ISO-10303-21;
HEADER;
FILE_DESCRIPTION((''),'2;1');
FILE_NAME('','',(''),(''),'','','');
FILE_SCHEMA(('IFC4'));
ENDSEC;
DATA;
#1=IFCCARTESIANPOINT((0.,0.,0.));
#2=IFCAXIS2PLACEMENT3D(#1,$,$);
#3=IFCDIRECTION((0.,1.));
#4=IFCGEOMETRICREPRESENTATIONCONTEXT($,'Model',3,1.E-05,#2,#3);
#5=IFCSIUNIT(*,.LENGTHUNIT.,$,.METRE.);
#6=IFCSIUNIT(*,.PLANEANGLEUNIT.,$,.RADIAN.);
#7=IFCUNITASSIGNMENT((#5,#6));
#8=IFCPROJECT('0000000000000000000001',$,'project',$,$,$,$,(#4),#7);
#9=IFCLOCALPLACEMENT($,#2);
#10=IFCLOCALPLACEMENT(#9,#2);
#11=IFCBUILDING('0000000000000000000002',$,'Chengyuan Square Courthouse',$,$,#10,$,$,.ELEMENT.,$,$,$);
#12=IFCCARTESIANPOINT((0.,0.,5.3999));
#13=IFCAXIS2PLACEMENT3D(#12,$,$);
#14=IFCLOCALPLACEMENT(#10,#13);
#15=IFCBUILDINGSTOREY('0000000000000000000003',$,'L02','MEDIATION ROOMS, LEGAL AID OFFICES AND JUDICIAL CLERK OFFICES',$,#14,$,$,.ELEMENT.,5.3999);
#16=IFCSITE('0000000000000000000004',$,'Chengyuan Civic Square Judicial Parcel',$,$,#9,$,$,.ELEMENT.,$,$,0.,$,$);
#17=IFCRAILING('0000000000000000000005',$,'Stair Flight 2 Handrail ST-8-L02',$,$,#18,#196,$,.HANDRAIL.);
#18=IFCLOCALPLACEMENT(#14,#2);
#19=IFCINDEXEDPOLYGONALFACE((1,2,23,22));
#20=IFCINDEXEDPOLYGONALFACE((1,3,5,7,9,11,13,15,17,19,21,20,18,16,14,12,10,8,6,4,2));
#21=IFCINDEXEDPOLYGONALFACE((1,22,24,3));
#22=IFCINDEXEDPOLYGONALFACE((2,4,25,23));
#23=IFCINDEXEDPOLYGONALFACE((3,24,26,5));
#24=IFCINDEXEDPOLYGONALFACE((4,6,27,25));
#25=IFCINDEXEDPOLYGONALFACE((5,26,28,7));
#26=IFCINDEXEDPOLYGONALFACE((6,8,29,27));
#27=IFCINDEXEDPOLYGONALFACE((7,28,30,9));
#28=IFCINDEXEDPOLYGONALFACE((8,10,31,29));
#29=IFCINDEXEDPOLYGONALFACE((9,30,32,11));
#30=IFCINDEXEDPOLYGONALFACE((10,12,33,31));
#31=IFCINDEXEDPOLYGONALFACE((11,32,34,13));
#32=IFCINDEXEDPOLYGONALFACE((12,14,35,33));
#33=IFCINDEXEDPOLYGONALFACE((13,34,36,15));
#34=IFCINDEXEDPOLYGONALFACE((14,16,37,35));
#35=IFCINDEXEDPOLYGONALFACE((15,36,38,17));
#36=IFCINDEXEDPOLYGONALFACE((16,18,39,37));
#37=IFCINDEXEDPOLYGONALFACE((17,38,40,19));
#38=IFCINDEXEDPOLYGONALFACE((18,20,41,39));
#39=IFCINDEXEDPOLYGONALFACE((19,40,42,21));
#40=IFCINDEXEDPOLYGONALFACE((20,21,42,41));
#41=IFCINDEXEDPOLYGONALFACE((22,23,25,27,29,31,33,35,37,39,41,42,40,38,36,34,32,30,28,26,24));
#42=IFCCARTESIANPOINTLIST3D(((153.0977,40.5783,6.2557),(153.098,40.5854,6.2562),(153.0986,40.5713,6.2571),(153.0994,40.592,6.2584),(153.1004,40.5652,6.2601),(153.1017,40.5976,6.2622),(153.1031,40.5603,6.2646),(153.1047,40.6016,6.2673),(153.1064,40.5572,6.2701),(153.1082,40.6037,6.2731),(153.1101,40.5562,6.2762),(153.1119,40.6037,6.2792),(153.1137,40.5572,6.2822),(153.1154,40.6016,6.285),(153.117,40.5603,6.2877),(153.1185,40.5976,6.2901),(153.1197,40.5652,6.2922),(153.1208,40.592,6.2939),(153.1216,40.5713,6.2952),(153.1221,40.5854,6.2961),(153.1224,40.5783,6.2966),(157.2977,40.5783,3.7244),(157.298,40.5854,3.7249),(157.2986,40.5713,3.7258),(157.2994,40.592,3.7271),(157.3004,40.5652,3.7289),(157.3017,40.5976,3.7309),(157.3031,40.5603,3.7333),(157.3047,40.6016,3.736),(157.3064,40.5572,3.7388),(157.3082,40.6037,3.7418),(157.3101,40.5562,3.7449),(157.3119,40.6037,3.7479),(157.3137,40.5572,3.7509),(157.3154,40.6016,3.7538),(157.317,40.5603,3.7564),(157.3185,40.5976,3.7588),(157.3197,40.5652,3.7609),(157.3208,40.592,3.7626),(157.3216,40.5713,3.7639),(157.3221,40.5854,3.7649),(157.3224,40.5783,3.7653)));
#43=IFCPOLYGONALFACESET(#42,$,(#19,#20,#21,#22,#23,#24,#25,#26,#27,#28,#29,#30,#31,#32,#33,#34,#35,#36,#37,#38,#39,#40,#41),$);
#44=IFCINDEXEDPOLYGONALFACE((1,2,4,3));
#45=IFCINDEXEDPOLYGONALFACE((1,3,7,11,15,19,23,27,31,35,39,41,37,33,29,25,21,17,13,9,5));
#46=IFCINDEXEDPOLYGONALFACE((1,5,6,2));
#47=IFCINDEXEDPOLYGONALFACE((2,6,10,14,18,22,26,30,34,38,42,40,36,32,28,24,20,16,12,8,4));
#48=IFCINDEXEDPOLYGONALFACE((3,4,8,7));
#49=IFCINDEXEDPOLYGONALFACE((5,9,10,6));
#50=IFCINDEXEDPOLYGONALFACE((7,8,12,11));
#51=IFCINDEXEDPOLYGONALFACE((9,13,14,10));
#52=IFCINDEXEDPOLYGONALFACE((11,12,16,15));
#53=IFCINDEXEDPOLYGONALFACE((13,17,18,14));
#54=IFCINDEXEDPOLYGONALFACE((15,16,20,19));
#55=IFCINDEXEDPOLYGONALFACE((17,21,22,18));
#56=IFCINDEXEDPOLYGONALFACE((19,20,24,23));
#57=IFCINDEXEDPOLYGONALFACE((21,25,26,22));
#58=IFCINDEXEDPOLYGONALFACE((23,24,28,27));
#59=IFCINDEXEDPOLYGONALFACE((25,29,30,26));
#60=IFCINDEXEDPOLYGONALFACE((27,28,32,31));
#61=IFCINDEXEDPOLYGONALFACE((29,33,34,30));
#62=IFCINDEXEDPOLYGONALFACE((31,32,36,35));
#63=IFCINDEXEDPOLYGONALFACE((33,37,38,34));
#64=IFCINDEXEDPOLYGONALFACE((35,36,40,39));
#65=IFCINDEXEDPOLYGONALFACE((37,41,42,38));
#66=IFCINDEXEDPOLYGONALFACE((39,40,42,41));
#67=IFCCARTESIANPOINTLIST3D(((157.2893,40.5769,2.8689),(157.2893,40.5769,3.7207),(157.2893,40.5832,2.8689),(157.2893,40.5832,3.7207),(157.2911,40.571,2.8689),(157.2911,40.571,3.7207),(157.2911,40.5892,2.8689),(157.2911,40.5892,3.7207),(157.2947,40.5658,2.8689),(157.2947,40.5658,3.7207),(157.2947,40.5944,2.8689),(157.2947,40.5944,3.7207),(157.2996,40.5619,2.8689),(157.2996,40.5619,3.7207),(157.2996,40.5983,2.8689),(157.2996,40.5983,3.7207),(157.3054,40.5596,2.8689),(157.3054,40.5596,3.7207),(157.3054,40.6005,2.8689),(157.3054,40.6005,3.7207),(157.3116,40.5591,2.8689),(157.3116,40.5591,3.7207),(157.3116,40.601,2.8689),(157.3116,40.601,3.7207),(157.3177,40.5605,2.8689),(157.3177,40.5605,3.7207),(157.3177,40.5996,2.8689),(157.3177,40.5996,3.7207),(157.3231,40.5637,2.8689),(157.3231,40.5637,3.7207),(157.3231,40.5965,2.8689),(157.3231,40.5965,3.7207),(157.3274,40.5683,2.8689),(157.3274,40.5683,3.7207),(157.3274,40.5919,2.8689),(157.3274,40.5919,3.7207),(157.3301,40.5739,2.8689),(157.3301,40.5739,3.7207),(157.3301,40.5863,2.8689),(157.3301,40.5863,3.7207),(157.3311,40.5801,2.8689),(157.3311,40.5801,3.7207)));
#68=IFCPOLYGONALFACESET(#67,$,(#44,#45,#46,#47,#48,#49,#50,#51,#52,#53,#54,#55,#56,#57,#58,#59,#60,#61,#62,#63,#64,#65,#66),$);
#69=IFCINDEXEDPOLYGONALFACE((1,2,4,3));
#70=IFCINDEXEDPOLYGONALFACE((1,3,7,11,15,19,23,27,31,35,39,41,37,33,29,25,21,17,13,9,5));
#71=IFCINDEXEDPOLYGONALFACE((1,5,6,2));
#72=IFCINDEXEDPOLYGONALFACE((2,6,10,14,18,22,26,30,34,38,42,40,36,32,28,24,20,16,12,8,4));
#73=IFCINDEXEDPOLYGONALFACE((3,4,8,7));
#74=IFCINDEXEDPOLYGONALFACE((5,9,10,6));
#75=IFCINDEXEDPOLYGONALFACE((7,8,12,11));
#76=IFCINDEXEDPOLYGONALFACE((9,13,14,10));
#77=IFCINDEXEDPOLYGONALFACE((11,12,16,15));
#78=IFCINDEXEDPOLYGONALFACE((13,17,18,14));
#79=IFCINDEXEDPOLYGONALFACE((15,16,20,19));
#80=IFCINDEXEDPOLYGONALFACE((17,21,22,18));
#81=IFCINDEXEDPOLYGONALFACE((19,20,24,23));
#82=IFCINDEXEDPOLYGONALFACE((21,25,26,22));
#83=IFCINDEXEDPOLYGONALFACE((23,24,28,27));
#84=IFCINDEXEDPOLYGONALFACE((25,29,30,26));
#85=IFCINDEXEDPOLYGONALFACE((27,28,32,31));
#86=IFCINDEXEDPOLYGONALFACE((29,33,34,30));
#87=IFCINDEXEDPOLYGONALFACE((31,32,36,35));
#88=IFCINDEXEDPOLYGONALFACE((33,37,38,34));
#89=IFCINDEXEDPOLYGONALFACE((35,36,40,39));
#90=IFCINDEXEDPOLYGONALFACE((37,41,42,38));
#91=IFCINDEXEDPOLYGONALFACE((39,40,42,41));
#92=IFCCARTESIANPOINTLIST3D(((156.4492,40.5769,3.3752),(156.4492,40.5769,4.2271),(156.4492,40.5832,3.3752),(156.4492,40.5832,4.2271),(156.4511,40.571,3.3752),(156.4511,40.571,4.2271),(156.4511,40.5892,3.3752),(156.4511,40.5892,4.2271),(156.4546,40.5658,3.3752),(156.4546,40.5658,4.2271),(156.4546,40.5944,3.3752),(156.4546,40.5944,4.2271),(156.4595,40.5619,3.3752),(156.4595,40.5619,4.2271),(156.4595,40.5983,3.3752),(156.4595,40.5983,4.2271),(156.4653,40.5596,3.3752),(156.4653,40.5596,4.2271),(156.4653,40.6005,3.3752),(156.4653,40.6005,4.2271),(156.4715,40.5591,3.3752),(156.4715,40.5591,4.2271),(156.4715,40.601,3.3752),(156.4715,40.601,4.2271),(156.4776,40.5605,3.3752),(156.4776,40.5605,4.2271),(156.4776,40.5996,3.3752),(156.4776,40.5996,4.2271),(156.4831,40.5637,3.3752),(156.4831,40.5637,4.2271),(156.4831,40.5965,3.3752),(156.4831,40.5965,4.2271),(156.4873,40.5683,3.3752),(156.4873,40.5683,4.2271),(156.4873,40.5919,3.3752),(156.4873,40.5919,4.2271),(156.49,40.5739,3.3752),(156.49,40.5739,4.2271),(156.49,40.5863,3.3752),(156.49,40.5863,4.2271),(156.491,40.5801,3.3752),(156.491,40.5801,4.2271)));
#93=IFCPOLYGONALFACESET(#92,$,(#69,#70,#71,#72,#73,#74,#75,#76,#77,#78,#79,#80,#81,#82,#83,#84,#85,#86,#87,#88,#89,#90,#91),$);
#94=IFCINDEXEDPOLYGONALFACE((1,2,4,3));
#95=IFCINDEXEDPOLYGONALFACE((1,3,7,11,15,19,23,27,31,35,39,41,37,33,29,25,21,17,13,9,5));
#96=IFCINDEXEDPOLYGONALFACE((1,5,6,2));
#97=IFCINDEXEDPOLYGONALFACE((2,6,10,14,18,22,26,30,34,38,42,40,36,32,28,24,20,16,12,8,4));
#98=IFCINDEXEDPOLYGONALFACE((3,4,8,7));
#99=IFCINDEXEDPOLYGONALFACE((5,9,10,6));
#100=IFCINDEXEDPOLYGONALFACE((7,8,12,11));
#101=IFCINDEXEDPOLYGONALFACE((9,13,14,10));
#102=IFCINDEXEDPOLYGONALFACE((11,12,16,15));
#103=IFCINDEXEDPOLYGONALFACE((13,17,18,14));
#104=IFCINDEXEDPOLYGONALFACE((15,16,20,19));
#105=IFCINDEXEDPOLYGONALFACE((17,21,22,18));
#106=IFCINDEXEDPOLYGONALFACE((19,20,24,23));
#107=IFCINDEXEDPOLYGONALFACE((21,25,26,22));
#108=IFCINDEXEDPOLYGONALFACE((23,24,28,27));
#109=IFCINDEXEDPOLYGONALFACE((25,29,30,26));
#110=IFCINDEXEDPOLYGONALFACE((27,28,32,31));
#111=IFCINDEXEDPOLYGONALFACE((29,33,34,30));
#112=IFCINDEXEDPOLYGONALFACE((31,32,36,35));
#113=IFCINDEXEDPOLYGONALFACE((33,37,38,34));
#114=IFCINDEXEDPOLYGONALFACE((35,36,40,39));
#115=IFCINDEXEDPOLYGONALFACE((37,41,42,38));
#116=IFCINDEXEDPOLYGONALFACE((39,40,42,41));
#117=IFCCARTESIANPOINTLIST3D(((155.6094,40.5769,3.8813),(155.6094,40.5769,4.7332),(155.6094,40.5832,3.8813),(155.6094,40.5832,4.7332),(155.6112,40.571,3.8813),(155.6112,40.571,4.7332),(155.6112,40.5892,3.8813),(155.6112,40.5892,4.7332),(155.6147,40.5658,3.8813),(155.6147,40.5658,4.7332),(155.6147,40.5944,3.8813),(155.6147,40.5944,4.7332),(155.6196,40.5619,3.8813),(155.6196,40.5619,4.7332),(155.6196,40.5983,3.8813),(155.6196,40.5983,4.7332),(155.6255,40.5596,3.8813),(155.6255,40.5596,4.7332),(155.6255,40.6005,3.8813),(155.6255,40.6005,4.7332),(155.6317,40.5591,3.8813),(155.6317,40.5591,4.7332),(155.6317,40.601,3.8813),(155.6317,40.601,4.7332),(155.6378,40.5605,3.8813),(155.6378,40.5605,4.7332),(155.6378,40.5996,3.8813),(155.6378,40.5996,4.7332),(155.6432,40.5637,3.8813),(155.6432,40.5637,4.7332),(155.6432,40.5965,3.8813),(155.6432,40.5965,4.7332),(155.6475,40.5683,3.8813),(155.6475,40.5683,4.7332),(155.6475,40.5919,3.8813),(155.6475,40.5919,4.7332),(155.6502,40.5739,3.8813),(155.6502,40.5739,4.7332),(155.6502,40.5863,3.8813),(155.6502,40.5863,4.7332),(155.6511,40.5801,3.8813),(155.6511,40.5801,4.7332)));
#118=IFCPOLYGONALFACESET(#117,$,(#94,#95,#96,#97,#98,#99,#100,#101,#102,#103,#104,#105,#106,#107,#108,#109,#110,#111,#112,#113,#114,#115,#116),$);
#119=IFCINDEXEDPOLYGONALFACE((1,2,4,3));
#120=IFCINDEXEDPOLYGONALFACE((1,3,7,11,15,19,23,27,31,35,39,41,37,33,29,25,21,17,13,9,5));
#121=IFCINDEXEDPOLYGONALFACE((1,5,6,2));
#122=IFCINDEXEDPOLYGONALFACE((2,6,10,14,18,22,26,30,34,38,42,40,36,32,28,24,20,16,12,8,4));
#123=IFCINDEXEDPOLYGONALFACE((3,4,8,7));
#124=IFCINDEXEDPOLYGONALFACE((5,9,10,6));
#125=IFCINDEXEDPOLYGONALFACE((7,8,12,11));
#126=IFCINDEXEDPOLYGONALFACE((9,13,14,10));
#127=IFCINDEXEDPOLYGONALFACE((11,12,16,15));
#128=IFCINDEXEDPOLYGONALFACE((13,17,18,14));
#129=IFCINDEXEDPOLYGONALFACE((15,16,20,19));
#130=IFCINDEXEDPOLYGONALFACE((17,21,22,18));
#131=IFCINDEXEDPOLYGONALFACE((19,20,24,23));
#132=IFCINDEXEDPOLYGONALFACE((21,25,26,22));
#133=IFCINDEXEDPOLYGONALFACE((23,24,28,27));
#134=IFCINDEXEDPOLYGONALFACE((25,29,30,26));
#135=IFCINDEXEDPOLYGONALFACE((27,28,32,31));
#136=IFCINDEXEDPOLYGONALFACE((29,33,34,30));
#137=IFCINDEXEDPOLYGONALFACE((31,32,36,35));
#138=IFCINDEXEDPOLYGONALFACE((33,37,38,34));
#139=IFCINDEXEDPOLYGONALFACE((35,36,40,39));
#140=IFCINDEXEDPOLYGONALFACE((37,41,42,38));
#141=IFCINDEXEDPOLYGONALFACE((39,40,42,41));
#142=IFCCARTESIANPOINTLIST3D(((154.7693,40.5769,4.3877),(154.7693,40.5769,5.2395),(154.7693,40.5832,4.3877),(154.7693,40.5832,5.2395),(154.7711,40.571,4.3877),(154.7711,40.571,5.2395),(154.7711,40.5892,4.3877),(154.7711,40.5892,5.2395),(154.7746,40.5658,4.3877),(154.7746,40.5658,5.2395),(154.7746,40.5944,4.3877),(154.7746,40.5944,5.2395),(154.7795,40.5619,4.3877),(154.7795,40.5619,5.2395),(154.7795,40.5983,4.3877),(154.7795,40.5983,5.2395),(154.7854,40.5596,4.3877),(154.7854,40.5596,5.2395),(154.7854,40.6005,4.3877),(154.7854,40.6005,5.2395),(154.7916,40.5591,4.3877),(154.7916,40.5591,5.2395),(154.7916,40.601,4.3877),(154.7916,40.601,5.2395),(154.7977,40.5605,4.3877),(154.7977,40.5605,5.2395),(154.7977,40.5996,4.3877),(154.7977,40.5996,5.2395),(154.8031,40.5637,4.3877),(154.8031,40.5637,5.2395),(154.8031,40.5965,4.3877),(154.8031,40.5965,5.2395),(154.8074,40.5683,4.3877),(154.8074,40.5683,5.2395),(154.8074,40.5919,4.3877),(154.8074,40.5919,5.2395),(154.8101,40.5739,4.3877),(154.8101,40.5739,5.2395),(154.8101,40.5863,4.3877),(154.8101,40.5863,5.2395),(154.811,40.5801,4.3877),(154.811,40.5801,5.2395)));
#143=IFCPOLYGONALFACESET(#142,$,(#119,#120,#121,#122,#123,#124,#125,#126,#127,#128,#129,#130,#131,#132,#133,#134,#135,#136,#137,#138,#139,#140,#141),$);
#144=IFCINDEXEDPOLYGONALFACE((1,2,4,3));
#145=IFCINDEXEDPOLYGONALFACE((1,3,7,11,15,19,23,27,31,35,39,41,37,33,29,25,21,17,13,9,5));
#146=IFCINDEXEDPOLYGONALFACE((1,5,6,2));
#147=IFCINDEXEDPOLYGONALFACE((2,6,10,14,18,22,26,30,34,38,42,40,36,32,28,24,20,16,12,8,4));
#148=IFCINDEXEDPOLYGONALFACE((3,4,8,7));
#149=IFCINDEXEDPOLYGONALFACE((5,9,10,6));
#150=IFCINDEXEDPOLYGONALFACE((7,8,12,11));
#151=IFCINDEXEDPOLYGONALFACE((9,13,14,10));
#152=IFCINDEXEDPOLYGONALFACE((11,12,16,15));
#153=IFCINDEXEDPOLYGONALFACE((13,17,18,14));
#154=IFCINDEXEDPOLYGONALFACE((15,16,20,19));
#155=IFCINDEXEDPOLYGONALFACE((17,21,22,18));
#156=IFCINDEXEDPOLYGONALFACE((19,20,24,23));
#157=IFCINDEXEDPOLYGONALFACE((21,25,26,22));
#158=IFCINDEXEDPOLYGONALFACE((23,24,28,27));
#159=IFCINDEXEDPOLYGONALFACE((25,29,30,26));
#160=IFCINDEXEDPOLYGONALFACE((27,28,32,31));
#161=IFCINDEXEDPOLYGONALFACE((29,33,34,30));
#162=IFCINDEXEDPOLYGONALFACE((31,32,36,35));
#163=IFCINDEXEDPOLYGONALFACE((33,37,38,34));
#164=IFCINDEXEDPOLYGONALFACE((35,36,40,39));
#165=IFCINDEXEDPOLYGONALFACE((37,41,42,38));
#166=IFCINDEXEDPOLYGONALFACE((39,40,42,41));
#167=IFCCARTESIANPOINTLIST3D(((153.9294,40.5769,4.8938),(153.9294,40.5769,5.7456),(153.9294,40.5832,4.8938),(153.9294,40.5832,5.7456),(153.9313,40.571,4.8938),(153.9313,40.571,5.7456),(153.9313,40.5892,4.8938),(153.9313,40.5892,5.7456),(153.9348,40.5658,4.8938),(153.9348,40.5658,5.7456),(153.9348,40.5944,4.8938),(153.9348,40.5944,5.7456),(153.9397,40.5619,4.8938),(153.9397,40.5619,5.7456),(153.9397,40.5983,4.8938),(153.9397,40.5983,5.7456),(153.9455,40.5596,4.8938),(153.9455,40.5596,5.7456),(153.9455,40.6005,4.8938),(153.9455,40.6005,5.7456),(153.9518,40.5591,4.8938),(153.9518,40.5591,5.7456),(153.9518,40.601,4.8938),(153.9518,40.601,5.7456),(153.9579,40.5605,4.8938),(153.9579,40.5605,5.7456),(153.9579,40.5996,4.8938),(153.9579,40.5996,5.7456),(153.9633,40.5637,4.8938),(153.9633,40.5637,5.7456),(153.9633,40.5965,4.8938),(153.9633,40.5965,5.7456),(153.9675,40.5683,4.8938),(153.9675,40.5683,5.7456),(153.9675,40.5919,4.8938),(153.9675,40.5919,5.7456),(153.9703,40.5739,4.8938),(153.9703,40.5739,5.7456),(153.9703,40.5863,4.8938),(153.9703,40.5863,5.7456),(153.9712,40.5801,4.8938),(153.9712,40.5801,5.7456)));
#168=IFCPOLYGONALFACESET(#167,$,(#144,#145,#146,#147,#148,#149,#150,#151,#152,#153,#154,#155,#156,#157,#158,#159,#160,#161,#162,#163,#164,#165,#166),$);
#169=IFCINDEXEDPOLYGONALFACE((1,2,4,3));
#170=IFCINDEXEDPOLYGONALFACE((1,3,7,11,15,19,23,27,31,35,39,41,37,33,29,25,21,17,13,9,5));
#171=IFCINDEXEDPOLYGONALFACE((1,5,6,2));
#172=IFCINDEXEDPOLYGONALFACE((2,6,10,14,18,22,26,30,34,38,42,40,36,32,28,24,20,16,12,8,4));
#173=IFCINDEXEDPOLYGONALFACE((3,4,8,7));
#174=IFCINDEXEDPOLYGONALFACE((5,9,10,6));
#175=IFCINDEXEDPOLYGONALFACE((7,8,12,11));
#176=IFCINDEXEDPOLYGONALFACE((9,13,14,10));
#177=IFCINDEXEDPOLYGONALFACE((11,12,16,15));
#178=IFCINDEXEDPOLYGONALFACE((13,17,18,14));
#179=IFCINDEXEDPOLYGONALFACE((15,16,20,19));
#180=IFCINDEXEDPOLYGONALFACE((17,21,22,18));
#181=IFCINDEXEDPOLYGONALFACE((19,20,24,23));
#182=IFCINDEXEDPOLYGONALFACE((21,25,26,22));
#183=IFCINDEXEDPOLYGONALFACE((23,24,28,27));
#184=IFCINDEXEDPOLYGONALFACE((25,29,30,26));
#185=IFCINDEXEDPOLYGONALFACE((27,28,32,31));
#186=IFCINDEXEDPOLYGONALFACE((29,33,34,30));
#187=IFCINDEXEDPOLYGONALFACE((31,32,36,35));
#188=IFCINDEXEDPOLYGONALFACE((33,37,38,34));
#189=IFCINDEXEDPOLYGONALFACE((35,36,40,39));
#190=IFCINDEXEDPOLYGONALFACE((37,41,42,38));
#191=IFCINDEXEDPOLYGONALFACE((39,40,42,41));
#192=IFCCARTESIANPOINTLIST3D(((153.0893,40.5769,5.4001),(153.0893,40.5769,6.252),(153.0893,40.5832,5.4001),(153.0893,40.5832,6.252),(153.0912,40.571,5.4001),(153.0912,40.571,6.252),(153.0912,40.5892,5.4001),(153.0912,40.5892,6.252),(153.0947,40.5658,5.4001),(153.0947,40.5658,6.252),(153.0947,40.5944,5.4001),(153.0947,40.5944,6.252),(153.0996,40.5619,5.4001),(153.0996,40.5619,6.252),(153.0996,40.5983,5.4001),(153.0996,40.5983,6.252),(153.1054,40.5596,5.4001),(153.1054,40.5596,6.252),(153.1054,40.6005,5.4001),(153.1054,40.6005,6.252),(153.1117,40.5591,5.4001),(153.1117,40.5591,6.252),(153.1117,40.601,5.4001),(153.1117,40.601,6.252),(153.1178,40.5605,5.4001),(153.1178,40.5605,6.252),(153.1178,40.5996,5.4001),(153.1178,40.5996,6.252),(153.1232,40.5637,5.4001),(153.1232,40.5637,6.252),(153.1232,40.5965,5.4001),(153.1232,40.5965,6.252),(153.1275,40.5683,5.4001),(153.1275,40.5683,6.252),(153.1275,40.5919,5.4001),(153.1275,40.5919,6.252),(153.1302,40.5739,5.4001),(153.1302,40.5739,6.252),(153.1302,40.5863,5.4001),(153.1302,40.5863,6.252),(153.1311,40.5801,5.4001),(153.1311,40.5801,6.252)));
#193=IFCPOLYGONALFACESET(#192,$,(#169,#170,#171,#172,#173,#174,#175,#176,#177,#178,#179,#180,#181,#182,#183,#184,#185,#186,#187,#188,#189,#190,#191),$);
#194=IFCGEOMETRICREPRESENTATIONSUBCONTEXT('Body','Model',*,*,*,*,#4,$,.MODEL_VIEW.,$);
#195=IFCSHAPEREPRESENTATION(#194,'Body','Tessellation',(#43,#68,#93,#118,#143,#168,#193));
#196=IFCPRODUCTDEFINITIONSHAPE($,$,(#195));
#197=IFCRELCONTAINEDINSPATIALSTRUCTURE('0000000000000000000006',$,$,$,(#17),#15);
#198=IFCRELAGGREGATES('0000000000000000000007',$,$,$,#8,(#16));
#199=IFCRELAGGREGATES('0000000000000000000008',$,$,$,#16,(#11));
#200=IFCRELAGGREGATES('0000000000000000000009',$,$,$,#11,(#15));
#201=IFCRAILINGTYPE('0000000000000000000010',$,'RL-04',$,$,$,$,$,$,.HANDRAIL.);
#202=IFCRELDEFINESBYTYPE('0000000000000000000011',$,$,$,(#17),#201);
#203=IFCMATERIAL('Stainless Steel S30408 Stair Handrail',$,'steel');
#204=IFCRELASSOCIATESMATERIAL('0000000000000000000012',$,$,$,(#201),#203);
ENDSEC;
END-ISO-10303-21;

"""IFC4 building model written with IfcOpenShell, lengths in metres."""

from ifc_helpers import new_model, si_unit, direction, frame, origin, origin_2d, place, context, subcontext, project, spatial, circle, extrude, material, type_object, element, save


model = new_model("IFC4")

# Units and contexts
model_context = context("Model", 3, precision=1e-05, world=origin(), true_north=direction((0.0, 1.0)))
body_context = subcontext(model_context, "Body", "Model", "MODEL_VIEW")
ifc_project = project(units=[si_unit("LENGTHUNIT", "METRE"), si_unit("PLANEANGLEUNIT", "RADIAN")], contexts=[model_context])

# Site, building, storey
site_placement = place(None, origin())
site = spatial("IfcSite", under=ifc_project, at=site_placement, Name="Chengyuan Civic Square Judicial Parcel", CompositionType="ELEMENT", RefElevation=0.0)
building_placement = place(site_placement, origin())
building = spatial("IfcBuilding", under=site, at=building_placement, Name="Chengyuan Square Courthouse", CompositionType="ELEMENT")
storey_placement = place(building_placement, frame((0.0, 0.0, 5.3999)))
storey = spatial("IfcBuildingStorey", under=building, at=storey_placement, Name="L02", Description="MEDIATION ROOMS, LEGAL AID OFFICES AND JUDICIAL CLERK OFFICES", CompositionType="ELEMENT", Elevation=5.3999)

# Railing
ifc_material_1 = material(Name="Stainless Steel S30408 Stair Handrail", Category="steel")
railing_type_1 = type_object("IfcRailingType", Name="RL-04", PredefinedType="HANDRAIL", material=ifc_material_1)
railing_1_placement = place(storey_placement, frame((157.3101, 40.5801, 2.8689)))
element("IfcRailing", 1, at=railing_1_placement, inside=storey, type_object=railing_type_1, Name="Stair Flight 2 Handrail ST-8-L02", PredefinedType="HANDRAIL", context=body_context, shape_type="SweptSolid", body=[
    extrude(circle(Radius=0.0239, at=origin_2d()), frame((0.0, 0.0, 0.876), z_axis=(-0.856476, 0.0, 0.516186), x_axis=(0.0, -1.0, 0.0)), (0.0, 0.0, 1.0), 4.9038),
    extrude(circle(Radius=0.021, at=origin_2d()), origin(), (0.0, 0.0, 1.0), 0.8518),
    extrude(circle(Radius=0.021, at=origin_2d()), frame((-0.8401, 0.0, 0.5063)), (0.0, 0.0, 1.0), 0.8518),
    extrude(circle(Radius=0.021, at=origin_2d()), frame((-1.6799, 0.0, 1.0125)), (0.0, 0.0, 1.0), 0.8518),
    extrude(circle(Radius=0.021, at=origin_2d()), frame((-2.52, 0.0, 1.5188)), (0.0, 0.0, 1.0), 0.8518),
    extrude(circle(Radius=0.021, at=origin_2d()), frame((-3.3599, 0.0, 2.0249)), (0.0, 0.0, 1.0), 0.8518),
    extrude(circle(Radius=0.021, at=origin_2d()), frame((-4.2, 0.0, 2.5312)), (0.0, 0.0, 1.0), 0.8518),
])

save(model, "model.ifc")
